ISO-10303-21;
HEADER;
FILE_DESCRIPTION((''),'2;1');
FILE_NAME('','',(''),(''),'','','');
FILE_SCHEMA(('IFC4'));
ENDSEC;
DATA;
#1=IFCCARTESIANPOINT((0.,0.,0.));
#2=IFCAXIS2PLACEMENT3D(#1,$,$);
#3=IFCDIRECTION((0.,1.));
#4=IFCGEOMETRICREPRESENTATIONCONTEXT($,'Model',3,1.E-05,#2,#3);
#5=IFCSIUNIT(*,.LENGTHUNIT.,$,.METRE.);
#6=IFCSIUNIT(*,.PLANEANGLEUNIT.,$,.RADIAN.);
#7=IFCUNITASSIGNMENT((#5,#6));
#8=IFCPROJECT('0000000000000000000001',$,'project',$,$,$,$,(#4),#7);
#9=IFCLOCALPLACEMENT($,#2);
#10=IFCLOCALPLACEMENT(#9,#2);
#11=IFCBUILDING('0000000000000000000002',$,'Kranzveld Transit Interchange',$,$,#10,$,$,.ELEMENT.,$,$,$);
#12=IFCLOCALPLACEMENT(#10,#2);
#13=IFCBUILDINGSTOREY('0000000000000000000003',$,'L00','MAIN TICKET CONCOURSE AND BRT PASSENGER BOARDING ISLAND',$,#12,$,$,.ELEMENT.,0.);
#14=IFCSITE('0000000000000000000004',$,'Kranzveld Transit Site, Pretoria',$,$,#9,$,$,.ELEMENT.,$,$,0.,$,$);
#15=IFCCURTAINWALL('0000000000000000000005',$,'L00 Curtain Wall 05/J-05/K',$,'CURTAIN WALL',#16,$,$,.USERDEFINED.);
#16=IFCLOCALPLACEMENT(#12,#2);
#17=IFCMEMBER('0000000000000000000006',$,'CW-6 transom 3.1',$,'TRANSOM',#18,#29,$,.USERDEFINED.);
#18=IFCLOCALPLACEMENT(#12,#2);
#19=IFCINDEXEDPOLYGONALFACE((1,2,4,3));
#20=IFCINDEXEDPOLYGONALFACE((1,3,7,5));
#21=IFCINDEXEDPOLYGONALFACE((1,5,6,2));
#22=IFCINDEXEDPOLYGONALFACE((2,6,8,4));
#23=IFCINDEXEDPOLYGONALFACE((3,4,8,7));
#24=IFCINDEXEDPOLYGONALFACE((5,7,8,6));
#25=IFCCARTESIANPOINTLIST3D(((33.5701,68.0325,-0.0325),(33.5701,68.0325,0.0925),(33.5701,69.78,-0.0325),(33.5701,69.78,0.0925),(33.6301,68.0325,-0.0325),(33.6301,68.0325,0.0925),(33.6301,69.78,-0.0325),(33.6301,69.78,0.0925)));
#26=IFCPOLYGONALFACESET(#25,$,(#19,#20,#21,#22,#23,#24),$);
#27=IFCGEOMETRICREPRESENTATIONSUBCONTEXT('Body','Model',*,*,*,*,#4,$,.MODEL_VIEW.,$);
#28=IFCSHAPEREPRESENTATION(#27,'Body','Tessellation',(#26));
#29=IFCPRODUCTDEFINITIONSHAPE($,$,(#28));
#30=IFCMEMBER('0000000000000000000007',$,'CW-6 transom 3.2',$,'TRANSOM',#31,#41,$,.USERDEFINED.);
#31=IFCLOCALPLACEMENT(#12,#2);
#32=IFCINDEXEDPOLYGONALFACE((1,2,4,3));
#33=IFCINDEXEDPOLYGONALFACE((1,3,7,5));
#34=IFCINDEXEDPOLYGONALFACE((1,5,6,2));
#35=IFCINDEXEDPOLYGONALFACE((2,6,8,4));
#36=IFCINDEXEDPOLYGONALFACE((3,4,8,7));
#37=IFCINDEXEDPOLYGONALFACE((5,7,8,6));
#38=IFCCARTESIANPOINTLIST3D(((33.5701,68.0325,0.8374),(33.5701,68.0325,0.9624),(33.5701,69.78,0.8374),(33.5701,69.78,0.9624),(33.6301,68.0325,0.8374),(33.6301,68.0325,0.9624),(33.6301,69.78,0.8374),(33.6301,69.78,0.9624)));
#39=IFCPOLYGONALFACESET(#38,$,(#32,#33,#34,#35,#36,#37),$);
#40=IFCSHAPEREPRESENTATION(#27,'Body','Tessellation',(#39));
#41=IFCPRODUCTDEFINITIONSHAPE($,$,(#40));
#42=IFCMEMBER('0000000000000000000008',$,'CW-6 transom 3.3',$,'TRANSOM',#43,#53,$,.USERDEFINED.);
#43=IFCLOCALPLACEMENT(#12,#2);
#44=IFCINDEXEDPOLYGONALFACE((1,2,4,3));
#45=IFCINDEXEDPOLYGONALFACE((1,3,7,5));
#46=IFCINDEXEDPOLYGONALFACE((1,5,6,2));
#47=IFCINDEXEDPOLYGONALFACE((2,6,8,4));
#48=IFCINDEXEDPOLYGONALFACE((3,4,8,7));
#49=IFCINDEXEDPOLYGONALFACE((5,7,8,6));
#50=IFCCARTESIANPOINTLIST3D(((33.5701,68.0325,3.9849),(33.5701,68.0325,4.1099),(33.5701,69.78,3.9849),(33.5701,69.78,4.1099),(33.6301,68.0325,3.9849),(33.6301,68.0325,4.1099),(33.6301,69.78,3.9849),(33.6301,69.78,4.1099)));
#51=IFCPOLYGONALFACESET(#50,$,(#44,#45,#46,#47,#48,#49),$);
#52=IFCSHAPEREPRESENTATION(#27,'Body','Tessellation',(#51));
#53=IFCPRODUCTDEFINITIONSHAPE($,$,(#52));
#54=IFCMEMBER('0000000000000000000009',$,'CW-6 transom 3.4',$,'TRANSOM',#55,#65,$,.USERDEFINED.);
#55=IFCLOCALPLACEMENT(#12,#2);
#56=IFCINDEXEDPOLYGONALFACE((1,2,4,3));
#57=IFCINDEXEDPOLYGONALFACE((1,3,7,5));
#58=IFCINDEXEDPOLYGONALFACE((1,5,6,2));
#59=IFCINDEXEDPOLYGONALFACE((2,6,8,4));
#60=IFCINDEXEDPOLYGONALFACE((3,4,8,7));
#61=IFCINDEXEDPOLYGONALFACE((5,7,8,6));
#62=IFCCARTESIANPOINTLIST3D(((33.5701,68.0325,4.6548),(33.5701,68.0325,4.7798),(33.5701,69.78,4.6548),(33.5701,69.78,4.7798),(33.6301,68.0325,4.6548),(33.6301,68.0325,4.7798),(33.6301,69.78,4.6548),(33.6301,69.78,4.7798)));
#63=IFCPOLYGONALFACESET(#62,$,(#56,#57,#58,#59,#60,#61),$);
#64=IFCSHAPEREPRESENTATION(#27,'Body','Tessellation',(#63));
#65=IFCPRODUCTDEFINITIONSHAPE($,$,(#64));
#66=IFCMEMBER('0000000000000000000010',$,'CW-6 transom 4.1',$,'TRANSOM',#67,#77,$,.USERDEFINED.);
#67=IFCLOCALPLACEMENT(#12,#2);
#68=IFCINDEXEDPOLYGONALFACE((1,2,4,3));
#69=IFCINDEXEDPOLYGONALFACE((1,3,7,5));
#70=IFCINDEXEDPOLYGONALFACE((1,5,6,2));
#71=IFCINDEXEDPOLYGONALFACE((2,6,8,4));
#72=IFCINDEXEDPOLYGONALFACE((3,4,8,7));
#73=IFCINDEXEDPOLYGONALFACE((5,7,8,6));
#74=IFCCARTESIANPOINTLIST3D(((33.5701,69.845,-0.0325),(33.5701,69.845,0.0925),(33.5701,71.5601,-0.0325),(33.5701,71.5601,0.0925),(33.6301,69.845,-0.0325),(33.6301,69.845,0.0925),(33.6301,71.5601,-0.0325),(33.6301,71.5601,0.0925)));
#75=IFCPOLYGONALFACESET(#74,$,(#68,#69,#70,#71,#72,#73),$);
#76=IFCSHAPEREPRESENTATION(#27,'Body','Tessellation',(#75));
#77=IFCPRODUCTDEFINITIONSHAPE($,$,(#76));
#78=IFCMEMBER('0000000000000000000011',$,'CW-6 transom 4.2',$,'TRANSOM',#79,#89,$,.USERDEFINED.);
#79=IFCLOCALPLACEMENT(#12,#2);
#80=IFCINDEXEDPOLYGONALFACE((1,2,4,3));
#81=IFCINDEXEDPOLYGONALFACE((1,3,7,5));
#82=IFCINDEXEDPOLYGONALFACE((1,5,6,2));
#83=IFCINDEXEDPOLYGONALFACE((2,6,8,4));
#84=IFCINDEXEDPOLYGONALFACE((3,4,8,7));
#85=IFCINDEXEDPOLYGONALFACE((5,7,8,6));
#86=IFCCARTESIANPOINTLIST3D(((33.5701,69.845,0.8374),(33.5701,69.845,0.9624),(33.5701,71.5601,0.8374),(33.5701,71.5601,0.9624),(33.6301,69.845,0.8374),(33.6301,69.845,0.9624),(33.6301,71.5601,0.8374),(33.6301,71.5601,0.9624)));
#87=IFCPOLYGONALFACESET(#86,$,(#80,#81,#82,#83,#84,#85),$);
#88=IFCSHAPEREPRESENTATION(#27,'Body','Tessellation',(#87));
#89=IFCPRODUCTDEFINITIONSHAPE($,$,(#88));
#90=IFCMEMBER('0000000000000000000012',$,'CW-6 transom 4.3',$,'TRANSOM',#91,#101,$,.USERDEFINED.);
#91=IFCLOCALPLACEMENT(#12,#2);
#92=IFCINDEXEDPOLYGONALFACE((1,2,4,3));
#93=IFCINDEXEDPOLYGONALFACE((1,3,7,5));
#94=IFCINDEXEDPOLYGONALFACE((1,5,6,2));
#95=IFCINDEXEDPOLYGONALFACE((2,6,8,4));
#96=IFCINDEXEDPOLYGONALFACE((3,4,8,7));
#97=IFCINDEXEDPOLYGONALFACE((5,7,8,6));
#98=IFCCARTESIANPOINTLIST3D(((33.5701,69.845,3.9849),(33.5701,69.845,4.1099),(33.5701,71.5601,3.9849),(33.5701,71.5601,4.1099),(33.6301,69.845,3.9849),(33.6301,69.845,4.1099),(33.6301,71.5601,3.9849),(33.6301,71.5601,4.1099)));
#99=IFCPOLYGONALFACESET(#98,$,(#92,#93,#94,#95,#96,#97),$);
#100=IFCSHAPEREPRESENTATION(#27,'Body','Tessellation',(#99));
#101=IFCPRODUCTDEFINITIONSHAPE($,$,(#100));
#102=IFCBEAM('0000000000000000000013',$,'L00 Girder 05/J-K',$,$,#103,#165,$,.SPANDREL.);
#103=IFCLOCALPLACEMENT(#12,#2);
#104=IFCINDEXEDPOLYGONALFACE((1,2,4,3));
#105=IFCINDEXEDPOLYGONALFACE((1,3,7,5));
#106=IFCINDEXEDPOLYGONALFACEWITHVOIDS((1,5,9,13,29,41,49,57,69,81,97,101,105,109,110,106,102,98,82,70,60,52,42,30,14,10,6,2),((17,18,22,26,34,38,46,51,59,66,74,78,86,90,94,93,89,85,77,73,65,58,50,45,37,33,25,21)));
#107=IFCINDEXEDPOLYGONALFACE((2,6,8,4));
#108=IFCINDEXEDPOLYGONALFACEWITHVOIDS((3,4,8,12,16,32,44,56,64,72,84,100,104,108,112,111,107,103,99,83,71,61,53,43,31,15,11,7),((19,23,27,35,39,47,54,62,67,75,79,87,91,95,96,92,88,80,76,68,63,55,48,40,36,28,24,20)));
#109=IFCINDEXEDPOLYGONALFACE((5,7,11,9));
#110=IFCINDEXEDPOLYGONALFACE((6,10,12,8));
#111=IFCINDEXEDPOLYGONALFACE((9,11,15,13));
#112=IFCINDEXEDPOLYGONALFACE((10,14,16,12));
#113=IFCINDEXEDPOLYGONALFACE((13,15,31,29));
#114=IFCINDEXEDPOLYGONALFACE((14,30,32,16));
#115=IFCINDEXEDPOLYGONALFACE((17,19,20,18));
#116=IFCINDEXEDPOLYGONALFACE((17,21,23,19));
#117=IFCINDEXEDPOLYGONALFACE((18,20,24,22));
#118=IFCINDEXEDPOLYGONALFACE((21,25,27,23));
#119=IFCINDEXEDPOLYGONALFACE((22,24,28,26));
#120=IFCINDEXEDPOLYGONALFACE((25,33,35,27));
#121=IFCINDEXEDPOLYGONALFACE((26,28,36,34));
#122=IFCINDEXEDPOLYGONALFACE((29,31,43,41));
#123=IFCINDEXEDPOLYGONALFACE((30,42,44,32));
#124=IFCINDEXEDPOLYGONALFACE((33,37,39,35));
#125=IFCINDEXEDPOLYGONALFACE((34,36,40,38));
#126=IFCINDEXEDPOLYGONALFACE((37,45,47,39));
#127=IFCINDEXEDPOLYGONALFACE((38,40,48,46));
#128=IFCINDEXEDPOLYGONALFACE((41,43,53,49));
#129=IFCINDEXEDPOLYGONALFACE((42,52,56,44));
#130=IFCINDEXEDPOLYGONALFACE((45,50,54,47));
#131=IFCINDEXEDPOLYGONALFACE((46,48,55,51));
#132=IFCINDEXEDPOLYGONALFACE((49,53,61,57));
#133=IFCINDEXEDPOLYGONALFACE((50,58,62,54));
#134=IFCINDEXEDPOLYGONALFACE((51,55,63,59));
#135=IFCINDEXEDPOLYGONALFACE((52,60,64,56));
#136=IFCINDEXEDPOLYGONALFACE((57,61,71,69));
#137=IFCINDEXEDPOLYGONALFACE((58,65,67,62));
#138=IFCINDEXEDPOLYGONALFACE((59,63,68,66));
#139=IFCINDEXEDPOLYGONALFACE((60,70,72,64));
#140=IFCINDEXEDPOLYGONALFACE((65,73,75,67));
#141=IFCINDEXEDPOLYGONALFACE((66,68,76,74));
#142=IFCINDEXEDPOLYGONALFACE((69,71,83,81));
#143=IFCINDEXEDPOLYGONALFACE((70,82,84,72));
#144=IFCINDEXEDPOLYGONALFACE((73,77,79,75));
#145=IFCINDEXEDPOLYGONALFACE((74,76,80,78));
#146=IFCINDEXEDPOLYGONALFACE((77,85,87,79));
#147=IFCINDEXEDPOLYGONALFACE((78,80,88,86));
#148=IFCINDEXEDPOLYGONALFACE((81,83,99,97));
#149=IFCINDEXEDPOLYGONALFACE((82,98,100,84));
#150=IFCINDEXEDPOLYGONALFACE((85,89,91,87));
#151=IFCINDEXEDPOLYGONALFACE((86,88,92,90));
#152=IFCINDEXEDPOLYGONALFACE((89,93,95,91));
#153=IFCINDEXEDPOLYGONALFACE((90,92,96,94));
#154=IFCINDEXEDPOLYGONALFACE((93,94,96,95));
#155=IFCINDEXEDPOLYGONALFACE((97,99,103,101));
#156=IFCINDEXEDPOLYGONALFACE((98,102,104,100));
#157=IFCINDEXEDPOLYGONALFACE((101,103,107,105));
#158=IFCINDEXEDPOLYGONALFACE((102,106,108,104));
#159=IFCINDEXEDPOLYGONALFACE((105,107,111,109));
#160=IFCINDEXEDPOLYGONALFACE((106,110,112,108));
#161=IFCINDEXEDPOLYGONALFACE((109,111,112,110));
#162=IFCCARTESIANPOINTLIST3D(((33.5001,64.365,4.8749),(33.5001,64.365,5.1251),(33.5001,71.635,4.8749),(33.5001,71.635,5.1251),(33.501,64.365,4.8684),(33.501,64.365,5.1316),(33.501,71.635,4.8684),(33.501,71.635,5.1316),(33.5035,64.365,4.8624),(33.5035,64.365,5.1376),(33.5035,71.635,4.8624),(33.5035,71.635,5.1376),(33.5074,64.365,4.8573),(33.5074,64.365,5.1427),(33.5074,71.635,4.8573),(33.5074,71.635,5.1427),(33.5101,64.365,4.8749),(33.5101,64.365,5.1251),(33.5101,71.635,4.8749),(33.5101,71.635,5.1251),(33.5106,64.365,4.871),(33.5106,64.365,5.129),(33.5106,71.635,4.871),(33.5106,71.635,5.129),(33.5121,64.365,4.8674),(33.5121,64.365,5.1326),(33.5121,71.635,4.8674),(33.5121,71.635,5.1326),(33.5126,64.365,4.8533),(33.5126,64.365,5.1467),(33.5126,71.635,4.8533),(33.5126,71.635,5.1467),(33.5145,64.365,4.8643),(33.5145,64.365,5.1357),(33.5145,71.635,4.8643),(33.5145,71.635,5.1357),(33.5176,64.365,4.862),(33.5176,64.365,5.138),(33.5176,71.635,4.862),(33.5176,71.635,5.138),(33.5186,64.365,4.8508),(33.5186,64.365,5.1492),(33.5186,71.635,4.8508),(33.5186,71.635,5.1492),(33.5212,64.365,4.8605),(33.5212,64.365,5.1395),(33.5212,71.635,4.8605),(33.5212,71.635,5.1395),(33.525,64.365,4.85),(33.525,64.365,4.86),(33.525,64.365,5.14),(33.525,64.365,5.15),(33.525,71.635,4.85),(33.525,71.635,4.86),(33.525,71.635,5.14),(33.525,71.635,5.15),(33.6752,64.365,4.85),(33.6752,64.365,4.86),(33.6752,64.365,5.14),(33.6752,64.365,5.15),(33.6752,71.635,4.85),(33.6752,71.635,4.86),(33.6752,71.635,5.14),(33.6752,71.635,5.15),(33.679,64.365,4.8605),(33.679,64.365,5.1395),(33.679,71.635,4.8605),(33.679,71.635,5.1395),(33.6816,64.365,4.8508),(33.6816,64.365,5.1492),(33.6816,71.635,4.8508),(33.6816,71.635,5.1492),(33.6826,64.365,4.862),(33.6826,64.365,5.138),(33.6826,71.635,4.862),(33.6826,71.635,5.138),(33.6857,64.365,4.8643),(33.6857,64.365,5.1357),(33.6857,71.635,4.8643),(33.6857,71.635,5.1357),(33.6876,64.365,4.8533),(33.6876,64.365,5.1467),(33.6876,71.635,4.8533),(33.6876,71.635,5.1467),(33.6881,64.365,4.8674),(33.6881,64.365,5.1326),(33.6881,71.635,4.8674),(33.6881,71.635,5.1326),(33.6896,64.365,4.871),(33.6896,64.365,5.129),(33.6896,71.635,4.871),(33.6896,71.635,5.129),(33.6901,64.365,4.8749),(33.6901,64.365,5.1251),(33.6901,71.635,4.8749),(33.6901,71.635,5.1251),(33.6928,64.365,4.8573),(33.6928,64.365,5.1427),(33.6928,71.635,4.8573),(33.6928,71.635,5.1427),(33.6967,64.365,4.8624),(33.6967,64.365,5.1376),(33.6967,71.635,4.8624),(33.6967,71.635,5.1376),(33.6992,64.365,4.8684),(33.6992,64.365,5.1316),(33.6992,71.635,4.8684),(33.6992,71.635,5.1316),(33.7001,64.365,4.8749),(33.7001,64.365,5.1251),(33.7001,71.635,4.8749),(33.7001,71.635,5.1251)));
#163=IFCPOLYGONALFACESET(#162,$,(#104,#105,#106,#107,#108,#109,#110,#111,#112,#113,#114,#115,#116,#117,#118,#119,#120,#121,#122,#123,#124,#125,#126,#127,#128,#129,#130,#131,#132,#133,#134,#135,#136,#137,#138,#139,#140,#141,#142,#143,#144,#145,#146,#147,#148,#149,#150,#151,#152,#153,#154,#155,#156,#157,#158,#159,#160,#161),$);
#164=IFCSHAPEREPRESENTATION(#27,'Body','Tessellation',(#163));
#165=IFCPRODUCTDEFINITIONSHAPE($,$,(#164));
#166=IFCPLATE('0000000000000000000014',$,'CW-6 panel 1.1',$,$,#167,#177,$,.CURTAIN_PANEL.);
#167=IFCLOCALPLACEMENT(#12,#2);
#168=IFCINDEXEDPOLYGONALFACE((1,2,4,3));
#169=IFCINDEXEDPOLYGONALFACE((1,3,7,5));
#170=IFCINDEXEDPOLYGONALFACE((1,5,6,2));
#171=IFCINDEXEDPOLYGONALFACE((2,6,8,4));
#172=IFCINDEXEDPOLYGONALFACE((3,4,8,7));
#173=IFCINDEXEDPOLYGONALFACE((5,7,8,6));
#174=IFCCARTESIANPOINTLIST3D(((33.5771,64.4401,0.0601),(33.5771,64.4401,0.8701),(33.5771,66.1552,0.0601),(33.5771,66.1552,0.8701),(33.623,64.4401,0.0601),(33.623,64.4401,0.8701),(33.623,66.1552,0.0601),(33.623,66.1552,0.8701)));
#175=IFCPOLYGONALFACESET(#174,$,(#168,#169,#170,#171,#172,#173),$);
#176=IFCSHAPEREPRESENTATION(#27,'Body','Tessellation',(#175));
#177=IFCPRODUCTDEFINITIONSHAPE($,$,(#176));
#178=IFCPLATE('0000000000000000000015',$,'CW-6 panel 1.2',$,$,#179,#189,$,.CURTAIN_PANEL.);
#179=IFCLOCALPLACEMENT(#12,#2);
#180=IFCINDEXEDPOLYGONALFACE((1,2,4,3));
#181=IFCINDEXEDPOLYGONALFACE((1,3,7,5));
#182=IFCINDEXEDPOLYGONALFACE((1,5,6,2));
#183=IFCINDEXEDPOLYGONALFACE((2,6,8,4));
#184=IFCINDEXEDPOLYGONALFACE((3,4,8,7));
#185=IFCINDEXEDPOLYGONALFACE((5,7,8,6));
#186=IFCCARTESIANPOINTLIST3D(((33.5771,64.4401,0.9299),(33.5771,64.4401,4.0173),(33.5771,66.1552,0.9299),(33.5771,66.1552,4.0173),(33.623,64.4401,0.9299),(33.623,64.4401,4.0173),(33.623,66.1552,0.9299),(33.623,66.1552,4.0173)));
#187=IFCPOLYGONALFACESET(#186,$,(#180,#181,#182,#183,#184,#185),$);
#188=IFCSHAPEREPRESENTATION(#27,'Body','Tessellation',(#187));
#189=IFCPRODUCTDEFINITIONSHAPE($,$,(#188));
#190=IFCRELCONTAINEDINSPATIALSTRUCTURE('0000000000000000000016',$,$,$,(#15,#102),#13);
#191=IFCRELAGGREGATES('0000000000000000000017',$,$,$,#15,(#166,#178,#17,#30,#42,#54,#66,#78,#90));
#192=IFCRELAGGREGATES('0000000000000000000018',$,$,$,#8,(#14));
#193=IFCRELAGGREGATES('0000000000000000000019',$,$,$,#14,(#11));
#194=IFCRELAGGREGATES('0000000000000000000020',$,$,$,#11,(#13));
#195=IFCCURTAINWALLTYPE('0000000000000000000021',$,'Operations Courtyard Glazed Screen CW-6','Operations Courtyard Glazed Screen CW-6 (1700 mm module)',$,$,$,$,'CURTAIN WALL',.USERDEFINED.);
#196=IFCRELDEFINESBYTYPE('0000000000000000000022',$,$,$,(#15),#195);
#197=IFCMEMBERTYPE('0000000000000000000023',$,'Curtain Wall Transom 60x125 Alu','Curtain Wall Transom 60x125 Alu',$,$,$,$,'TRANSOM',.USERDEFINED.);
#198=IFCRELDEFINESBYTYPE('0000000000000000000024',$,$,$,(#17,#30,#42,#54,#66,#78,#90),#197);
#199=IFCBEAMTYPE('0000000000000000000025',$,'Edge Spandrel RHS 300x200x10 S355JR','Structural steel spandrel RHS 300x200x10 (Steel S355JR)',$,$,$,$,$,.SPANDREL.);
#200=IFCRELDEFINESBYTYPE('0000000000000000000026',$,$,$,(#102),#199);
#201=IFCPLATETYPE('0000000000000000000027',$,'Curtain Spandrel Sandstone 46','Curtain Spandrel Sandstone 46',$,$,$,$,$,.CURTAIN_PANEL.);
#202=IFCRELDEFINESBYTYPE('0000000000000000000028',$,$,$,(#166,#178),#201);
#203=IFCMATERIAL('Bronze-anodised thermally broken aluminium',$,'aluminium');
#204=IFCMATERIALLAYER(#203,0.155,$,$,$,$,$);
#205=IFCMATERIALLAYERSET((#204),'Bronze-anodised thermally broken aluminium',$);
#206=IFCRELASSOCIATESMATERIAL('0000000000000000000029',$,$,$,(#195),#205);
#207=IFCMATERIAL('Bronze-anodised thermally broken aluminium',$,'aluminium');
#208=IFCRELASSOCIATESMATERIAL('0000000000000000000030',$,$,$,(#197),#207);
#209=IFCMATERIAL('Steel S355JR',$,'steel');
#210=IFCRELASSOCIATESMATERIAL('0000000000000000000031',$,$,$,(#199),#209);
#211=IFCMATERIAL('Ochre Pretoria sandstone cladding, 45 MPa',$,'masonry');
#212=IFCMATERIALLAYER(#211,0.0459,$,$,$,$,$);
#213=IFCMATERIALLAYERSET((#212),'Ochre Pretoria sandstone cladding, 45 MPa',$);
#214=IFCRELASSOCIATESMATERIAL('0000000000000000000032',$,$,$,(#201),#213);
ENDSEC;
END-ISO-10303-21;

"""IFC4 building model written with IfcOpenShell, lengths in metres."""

from ifc_helpers import new_model, si_unit, direction, frame, origin, origin_2d, place, context, subcontext, project, spatial, rectangle, hollow_rectangle, extrude, material, layer, layer_set, material_profile, profile_set, type_object, element, aggregate, save


model = new_model("IFC4")

# Units and contexts
model_context = context("Model", 3, precision=1e-05, world=origin(), true_north=direction((0.0, 1.0)))
body_context = subcontext(model_context, "Body", "Model", "MODEL_VIEW")
ifc_project = project(units=[si_unit("LENGTHUNIT", "METRE"), si_unit("PLANEANGLEUNIT", "RADIAN")], contexts=[model_context])

# Site, building, storey
site_placement = place(None, origin())
site = spatial("IfcSite", under=ifc_project, at=site_placement, Name="Kranzveld Transit Site, Pretoria", CompositionType="ELEMENT", RefElevation=0.0)
building_placement = place(site_placement, origin())
building = spatial("IfcBuilding", under=site, at=building_placement, Name="Kranzveld Transit Interchange", CompositionType="ELEMENT")
storey_placement = place(building_placement, origin())
storey = spatial("IfcBuildingStorey", under=building, at=storey_placement, Name="L00", Description="MAIN TICKET CONCOURSE AND BRT PASSENGER BOARDING ISLAND", CompositionType="ELEMENT", Elevation=0.0)

# Curtain wall
ifc_material_1 = material(Name="Bronze-anodised thermally broken aluminium", Category="aluminium")
ifc_layer_1 = layer(ifc_material_1, 0.155)
ifc_layer_set_1 = layer_set([ifc_layer_1], Name="Bronze-anodised thermally broken aluminium")
curtain_wall_type_1 = type_object("IfcCurtainWallType", Name="Operations Courtyard Glazed Screen CW-6", Description="Operations Courtyard Glazed Screen CW-6 (1700 mm module)", ElementType="CURTAIN WALL", PredefinedType="USERDEFINED", material=ifc_layer_set_1)
curtain_wall_1_placement = place(storey_placement, origin())
curtain_wall_1 = element("IfcCurtainWall", 1, at=curtain_wall_1_placement, inside=storey, type_object=curtain_wall_type_1, Name="L00 Curtain Wall 05/J-05/K", ObjectType="CURTAIN WALL", PredefinedType="USERDEFINED")

# Members
ifc_material_2 = material(Name="Bronze-anodised thermally broken aluminium", Category="aluminium")
ifc_material_profile_1 = material_profile(ifc_material_2, rectangle(XDim=0.0601, YDim=0.125, at=origin_2d()), Name="ALU TRANSOM 60x125")
ifc_profile_set_1 = profile_set([ifc_material_profile_1], Name="Bronze-anodised thermally broken aluminium")
member_type_1 = type_object("IfcMemberType", Name="Curtain Wall Transom 60x125 Alu", Description="Curtain Wall Transom 60x125 Alu", ElementType="TRANSOM", PredefinedType="USERDEFINED", material=ifc_profile_set_1)
member_1_placement = place(storey_placement, frame((33.6001, 68.0325, 0.03), z_axis=(0.0, 1.0, 0.0), x_axis=(-1.0, 0.0, 0.0)))
member_1 = element("IfcMember", 2, at=member_1_placement, type_object=member_type_1, Name="CW-6 transom 3.1", ObjectType="TRANSOM", PredefinedType="USERDEFINED", context=body_context, shape_type="SweptSolid", body=[
    extrude(rectangle(XDim=0.0601, YDim=0.125, at=origin_2d()), origin(), (0.0, 0.0, 1.0), 1.7476),
])
member_2_placement = place(storey_placement, frame((33.6001, 68.0325, 0.8999), z_axis=(0.0, 1.0, 0.0), x_axis=(-1.0, 0.0, 0.0)))
member_2 = element("IfcMember", 3, at=member_2_placement, type_object=member_type_1, Name="CW-6 transom 3.2", ObjectType="TRANSOM", PredefinedType="USERDEFINED", context=body_context, shape_type="SweptSolid", body=[
    extrude(rectangle(XDim=0.0601, YDim=0.125, at=origin_2d()), origin(), (0.0, 0.0, 1.0), 1.7476),
])
member_3_placement = place(storey_placement, frame((33.6001, 68.0325, 4.0474), z_axis=(0.0, 1.0, 0.0), x_axis=(-1.0, 0.0, 0.0)))
member_3 = element("IfcMember", 4, at=member_3_placement, type_object=member_type_1, Name="CW-6 transom 3.3", ObjectType="TRANSOM", PredefinedType="USERDEFINED", context=body_context, shape_type="SweptSolid", body=[
    extrude(rectangle(XDim=0.0601, YDim=0.125, at=origin_2d()), origin(), (0.0, 0.0, 1.0), 1.7476),
])
member_4_placement = place(storey_placement, frame((33.6001, 68.0325, 4.7173), z_axis=(0.0, 1.0, 0.0), x_axis=(-1.0, 0.0, 0.0)))
member_4 = element("IfcMember", 5, at=member_4_placement, type_object=member_type_1, Name="CW-6 transom 3.4", ObjectType="TRANSOM", PredefinedType="USERDEFINED", context=body_context, shape_type="SweptSolid", body=[
    extrude(rectangle(XDim=0.0601, YDim=0.125, at=origin_2d()), origin(), (0.0, 0.0, 1.0), 1.7476),
])
member_5_placement = place(storey_placement, frame((33.6001, 69.845, 0.03), z_axis=(0.0, 1.0, 0.0), x_axis=(-1.0, 0.0, 0.0)))
member_5 = element("IfcMember", 6, at=member_5_placement, type_object=member_type_1, Name="CW-6 transom 4.1", ObjectType="TRANSOM", PredefinedType="USERDEFINED", context=body_context, shape_type="SweptSolid", body=[
    extrude(rectangle(XDim=0.0601, YDim=0.125, at=origin_2d()), origin(), (0.0, 0.0, 1.0), 1.7151),
])
member_6_placement = place(storey_placement, frame((33.6001, 69.845, 0.8999), z_axis=(0.0, 1.0, 0.0), x_axis=(-1.0, 0.0, 0.0)))
member_6 = element("IfcMember", 7, at=member_6_placement, type_object=member_type_1, Name="CW-6 transom 4.2", ObjectType="TRANSOM", PredefinedType="USERDEFINED", context=body_context, shape_type="SweptSolid", body=[
    extrude(rectangle(XDim=0.0601, YDim=0.125, at=origin_2d()), origin(), (0.0, 0.0, 1.0), 1.7151),
])
member_7_placement = place(storey_placement, frame((33.6001, 69.845, 4.0474), z_axis=(0.0, 1.0, 0.0), x_axis=(-1.0, 0.0, 0.0)))
member_7 = element("IfcMember", 8, at=member_7_placement, type_object=member_type_1, Name="CW-6 transom 4.3", ObjectType="TRANSOM", PredefinedType="USERDEFINED", context=body_context, shape_type="SweptSolid", body=[
    extrude(rectangle(XDim=0.0601, YDim=0.125, at=origin_2d()), origin(), (0.0, 0.0, 1.0), 1.7151),
])

# Beam
ifc_material_3 = material(Name="Steel S355JR", Category="steel")
ifc_material_profile_2 = material_profile(ifc_material_3, hollow_rectangle(XDim=0.2, YDim=0.3, WallThickness=0.01, InnerFilletRadius=0.0149, OuterFilletRadius=0.0249, at=origin_2d()), Name="RHS 300x200x10")
ifc_profile_set_2 = profile_set([ifc_material_profile_2], Name="Steel S355JR")
beam_type = type_object("IfcBeamType", Name="Edge Spandrel RHS 300x200x10 S355JR", Description="Structural steel spandrel RHS 300x200x10 (Steel S355JR)", PredefinedType="SPANDREL", material=ifc_profile_set_2)
beam_placement = place(storey_placement, frame((33.6001, 64.365, 5.0), z_axis=(0.0, 1.0, 0.0), x_axis=(-1.0, 0.0, 0.0)))
element("IfcBeam", 9, at=beam_placement, inside=storey, type_object=beam_type, Name="L00 Girder 05/J-K", PredefinedType="SPANDREL", context=body_context, shape_type="SweptSolid", body=[
    extrude(hollow_rectangle(XDim=0.2, YDim=0.3, WallThickness=0.01, InnerFilletRadius=0.0149, OuterFilletRadius=0.0249, at=origin_2d()), origin(), (0.0, 0.0, 1.0), 7.27),
])

# Plates
ifc_material_4 = material(Name="Ochre Pretoria sandstone cladding, 45 MPa", Category="masonry")
ifc_layer_2 = layer(ifc_material_4, 0.0459)
ifc_layer_set_2 = layer_set([ifc_layer_2], Name="Ochre Pretoria sandstone cladding, 45 MPa")
plate_type = type_object("IfcPlateType", Name="Curtain Spandrel Sandstone 46", Description="Curtain Spandrel Sandstone 46", PredefinedType="CURTAIN_PANEL", material=ifc_layer_set_2)
plate_1_placement = place(storey_placement, frame((33.6001, 65.2976, 0.0601), z_axis=(0.0, 0.0, 1.0), x_axis=(0.0, 1.0, 0.0)))
plate_1 = element("IfcPlate", 10, at=plate_1_placement, type_object=plate_type, Name="CW-6 panel 1.1", PredefinedType="CURTAIN_PANEL", context=body_context, shape_type="SweptSolid", body=[
    extrude(rectangle(XDim=1.7151, YDim=0.0459, at=origin_2d()), origin(), (0.0, 0.0, 1.0), 0.8101),
])
plate_2_placement = place(storey_placement, frame((33.6001, 65.2976, 0.9299), z_axis=(0.0, 0.0, 1.0), x_axis=(0.0, 1.0, 0.0)))
plate_2 = element("IfcPlate", 11, at=plate_2_placement, type_object=plate_type, Name="CW-6 panel 1.2", PredefinedType="CURTAIN_PANEL", context=body_context, shape_type="SweptSolid", body=[
    extrude(rectangle(XDim=1.7151, YDim=0.0459, at=origin_2d()), origin(), (0.0, 0.0, 1.0), 3.0874),
])
aggregate(curtain_wall_1, [plate_1, plate_2, member_1, member_2, member_3, member_4, member_5, member_6, member_7])

save(model, "model.ifc")
